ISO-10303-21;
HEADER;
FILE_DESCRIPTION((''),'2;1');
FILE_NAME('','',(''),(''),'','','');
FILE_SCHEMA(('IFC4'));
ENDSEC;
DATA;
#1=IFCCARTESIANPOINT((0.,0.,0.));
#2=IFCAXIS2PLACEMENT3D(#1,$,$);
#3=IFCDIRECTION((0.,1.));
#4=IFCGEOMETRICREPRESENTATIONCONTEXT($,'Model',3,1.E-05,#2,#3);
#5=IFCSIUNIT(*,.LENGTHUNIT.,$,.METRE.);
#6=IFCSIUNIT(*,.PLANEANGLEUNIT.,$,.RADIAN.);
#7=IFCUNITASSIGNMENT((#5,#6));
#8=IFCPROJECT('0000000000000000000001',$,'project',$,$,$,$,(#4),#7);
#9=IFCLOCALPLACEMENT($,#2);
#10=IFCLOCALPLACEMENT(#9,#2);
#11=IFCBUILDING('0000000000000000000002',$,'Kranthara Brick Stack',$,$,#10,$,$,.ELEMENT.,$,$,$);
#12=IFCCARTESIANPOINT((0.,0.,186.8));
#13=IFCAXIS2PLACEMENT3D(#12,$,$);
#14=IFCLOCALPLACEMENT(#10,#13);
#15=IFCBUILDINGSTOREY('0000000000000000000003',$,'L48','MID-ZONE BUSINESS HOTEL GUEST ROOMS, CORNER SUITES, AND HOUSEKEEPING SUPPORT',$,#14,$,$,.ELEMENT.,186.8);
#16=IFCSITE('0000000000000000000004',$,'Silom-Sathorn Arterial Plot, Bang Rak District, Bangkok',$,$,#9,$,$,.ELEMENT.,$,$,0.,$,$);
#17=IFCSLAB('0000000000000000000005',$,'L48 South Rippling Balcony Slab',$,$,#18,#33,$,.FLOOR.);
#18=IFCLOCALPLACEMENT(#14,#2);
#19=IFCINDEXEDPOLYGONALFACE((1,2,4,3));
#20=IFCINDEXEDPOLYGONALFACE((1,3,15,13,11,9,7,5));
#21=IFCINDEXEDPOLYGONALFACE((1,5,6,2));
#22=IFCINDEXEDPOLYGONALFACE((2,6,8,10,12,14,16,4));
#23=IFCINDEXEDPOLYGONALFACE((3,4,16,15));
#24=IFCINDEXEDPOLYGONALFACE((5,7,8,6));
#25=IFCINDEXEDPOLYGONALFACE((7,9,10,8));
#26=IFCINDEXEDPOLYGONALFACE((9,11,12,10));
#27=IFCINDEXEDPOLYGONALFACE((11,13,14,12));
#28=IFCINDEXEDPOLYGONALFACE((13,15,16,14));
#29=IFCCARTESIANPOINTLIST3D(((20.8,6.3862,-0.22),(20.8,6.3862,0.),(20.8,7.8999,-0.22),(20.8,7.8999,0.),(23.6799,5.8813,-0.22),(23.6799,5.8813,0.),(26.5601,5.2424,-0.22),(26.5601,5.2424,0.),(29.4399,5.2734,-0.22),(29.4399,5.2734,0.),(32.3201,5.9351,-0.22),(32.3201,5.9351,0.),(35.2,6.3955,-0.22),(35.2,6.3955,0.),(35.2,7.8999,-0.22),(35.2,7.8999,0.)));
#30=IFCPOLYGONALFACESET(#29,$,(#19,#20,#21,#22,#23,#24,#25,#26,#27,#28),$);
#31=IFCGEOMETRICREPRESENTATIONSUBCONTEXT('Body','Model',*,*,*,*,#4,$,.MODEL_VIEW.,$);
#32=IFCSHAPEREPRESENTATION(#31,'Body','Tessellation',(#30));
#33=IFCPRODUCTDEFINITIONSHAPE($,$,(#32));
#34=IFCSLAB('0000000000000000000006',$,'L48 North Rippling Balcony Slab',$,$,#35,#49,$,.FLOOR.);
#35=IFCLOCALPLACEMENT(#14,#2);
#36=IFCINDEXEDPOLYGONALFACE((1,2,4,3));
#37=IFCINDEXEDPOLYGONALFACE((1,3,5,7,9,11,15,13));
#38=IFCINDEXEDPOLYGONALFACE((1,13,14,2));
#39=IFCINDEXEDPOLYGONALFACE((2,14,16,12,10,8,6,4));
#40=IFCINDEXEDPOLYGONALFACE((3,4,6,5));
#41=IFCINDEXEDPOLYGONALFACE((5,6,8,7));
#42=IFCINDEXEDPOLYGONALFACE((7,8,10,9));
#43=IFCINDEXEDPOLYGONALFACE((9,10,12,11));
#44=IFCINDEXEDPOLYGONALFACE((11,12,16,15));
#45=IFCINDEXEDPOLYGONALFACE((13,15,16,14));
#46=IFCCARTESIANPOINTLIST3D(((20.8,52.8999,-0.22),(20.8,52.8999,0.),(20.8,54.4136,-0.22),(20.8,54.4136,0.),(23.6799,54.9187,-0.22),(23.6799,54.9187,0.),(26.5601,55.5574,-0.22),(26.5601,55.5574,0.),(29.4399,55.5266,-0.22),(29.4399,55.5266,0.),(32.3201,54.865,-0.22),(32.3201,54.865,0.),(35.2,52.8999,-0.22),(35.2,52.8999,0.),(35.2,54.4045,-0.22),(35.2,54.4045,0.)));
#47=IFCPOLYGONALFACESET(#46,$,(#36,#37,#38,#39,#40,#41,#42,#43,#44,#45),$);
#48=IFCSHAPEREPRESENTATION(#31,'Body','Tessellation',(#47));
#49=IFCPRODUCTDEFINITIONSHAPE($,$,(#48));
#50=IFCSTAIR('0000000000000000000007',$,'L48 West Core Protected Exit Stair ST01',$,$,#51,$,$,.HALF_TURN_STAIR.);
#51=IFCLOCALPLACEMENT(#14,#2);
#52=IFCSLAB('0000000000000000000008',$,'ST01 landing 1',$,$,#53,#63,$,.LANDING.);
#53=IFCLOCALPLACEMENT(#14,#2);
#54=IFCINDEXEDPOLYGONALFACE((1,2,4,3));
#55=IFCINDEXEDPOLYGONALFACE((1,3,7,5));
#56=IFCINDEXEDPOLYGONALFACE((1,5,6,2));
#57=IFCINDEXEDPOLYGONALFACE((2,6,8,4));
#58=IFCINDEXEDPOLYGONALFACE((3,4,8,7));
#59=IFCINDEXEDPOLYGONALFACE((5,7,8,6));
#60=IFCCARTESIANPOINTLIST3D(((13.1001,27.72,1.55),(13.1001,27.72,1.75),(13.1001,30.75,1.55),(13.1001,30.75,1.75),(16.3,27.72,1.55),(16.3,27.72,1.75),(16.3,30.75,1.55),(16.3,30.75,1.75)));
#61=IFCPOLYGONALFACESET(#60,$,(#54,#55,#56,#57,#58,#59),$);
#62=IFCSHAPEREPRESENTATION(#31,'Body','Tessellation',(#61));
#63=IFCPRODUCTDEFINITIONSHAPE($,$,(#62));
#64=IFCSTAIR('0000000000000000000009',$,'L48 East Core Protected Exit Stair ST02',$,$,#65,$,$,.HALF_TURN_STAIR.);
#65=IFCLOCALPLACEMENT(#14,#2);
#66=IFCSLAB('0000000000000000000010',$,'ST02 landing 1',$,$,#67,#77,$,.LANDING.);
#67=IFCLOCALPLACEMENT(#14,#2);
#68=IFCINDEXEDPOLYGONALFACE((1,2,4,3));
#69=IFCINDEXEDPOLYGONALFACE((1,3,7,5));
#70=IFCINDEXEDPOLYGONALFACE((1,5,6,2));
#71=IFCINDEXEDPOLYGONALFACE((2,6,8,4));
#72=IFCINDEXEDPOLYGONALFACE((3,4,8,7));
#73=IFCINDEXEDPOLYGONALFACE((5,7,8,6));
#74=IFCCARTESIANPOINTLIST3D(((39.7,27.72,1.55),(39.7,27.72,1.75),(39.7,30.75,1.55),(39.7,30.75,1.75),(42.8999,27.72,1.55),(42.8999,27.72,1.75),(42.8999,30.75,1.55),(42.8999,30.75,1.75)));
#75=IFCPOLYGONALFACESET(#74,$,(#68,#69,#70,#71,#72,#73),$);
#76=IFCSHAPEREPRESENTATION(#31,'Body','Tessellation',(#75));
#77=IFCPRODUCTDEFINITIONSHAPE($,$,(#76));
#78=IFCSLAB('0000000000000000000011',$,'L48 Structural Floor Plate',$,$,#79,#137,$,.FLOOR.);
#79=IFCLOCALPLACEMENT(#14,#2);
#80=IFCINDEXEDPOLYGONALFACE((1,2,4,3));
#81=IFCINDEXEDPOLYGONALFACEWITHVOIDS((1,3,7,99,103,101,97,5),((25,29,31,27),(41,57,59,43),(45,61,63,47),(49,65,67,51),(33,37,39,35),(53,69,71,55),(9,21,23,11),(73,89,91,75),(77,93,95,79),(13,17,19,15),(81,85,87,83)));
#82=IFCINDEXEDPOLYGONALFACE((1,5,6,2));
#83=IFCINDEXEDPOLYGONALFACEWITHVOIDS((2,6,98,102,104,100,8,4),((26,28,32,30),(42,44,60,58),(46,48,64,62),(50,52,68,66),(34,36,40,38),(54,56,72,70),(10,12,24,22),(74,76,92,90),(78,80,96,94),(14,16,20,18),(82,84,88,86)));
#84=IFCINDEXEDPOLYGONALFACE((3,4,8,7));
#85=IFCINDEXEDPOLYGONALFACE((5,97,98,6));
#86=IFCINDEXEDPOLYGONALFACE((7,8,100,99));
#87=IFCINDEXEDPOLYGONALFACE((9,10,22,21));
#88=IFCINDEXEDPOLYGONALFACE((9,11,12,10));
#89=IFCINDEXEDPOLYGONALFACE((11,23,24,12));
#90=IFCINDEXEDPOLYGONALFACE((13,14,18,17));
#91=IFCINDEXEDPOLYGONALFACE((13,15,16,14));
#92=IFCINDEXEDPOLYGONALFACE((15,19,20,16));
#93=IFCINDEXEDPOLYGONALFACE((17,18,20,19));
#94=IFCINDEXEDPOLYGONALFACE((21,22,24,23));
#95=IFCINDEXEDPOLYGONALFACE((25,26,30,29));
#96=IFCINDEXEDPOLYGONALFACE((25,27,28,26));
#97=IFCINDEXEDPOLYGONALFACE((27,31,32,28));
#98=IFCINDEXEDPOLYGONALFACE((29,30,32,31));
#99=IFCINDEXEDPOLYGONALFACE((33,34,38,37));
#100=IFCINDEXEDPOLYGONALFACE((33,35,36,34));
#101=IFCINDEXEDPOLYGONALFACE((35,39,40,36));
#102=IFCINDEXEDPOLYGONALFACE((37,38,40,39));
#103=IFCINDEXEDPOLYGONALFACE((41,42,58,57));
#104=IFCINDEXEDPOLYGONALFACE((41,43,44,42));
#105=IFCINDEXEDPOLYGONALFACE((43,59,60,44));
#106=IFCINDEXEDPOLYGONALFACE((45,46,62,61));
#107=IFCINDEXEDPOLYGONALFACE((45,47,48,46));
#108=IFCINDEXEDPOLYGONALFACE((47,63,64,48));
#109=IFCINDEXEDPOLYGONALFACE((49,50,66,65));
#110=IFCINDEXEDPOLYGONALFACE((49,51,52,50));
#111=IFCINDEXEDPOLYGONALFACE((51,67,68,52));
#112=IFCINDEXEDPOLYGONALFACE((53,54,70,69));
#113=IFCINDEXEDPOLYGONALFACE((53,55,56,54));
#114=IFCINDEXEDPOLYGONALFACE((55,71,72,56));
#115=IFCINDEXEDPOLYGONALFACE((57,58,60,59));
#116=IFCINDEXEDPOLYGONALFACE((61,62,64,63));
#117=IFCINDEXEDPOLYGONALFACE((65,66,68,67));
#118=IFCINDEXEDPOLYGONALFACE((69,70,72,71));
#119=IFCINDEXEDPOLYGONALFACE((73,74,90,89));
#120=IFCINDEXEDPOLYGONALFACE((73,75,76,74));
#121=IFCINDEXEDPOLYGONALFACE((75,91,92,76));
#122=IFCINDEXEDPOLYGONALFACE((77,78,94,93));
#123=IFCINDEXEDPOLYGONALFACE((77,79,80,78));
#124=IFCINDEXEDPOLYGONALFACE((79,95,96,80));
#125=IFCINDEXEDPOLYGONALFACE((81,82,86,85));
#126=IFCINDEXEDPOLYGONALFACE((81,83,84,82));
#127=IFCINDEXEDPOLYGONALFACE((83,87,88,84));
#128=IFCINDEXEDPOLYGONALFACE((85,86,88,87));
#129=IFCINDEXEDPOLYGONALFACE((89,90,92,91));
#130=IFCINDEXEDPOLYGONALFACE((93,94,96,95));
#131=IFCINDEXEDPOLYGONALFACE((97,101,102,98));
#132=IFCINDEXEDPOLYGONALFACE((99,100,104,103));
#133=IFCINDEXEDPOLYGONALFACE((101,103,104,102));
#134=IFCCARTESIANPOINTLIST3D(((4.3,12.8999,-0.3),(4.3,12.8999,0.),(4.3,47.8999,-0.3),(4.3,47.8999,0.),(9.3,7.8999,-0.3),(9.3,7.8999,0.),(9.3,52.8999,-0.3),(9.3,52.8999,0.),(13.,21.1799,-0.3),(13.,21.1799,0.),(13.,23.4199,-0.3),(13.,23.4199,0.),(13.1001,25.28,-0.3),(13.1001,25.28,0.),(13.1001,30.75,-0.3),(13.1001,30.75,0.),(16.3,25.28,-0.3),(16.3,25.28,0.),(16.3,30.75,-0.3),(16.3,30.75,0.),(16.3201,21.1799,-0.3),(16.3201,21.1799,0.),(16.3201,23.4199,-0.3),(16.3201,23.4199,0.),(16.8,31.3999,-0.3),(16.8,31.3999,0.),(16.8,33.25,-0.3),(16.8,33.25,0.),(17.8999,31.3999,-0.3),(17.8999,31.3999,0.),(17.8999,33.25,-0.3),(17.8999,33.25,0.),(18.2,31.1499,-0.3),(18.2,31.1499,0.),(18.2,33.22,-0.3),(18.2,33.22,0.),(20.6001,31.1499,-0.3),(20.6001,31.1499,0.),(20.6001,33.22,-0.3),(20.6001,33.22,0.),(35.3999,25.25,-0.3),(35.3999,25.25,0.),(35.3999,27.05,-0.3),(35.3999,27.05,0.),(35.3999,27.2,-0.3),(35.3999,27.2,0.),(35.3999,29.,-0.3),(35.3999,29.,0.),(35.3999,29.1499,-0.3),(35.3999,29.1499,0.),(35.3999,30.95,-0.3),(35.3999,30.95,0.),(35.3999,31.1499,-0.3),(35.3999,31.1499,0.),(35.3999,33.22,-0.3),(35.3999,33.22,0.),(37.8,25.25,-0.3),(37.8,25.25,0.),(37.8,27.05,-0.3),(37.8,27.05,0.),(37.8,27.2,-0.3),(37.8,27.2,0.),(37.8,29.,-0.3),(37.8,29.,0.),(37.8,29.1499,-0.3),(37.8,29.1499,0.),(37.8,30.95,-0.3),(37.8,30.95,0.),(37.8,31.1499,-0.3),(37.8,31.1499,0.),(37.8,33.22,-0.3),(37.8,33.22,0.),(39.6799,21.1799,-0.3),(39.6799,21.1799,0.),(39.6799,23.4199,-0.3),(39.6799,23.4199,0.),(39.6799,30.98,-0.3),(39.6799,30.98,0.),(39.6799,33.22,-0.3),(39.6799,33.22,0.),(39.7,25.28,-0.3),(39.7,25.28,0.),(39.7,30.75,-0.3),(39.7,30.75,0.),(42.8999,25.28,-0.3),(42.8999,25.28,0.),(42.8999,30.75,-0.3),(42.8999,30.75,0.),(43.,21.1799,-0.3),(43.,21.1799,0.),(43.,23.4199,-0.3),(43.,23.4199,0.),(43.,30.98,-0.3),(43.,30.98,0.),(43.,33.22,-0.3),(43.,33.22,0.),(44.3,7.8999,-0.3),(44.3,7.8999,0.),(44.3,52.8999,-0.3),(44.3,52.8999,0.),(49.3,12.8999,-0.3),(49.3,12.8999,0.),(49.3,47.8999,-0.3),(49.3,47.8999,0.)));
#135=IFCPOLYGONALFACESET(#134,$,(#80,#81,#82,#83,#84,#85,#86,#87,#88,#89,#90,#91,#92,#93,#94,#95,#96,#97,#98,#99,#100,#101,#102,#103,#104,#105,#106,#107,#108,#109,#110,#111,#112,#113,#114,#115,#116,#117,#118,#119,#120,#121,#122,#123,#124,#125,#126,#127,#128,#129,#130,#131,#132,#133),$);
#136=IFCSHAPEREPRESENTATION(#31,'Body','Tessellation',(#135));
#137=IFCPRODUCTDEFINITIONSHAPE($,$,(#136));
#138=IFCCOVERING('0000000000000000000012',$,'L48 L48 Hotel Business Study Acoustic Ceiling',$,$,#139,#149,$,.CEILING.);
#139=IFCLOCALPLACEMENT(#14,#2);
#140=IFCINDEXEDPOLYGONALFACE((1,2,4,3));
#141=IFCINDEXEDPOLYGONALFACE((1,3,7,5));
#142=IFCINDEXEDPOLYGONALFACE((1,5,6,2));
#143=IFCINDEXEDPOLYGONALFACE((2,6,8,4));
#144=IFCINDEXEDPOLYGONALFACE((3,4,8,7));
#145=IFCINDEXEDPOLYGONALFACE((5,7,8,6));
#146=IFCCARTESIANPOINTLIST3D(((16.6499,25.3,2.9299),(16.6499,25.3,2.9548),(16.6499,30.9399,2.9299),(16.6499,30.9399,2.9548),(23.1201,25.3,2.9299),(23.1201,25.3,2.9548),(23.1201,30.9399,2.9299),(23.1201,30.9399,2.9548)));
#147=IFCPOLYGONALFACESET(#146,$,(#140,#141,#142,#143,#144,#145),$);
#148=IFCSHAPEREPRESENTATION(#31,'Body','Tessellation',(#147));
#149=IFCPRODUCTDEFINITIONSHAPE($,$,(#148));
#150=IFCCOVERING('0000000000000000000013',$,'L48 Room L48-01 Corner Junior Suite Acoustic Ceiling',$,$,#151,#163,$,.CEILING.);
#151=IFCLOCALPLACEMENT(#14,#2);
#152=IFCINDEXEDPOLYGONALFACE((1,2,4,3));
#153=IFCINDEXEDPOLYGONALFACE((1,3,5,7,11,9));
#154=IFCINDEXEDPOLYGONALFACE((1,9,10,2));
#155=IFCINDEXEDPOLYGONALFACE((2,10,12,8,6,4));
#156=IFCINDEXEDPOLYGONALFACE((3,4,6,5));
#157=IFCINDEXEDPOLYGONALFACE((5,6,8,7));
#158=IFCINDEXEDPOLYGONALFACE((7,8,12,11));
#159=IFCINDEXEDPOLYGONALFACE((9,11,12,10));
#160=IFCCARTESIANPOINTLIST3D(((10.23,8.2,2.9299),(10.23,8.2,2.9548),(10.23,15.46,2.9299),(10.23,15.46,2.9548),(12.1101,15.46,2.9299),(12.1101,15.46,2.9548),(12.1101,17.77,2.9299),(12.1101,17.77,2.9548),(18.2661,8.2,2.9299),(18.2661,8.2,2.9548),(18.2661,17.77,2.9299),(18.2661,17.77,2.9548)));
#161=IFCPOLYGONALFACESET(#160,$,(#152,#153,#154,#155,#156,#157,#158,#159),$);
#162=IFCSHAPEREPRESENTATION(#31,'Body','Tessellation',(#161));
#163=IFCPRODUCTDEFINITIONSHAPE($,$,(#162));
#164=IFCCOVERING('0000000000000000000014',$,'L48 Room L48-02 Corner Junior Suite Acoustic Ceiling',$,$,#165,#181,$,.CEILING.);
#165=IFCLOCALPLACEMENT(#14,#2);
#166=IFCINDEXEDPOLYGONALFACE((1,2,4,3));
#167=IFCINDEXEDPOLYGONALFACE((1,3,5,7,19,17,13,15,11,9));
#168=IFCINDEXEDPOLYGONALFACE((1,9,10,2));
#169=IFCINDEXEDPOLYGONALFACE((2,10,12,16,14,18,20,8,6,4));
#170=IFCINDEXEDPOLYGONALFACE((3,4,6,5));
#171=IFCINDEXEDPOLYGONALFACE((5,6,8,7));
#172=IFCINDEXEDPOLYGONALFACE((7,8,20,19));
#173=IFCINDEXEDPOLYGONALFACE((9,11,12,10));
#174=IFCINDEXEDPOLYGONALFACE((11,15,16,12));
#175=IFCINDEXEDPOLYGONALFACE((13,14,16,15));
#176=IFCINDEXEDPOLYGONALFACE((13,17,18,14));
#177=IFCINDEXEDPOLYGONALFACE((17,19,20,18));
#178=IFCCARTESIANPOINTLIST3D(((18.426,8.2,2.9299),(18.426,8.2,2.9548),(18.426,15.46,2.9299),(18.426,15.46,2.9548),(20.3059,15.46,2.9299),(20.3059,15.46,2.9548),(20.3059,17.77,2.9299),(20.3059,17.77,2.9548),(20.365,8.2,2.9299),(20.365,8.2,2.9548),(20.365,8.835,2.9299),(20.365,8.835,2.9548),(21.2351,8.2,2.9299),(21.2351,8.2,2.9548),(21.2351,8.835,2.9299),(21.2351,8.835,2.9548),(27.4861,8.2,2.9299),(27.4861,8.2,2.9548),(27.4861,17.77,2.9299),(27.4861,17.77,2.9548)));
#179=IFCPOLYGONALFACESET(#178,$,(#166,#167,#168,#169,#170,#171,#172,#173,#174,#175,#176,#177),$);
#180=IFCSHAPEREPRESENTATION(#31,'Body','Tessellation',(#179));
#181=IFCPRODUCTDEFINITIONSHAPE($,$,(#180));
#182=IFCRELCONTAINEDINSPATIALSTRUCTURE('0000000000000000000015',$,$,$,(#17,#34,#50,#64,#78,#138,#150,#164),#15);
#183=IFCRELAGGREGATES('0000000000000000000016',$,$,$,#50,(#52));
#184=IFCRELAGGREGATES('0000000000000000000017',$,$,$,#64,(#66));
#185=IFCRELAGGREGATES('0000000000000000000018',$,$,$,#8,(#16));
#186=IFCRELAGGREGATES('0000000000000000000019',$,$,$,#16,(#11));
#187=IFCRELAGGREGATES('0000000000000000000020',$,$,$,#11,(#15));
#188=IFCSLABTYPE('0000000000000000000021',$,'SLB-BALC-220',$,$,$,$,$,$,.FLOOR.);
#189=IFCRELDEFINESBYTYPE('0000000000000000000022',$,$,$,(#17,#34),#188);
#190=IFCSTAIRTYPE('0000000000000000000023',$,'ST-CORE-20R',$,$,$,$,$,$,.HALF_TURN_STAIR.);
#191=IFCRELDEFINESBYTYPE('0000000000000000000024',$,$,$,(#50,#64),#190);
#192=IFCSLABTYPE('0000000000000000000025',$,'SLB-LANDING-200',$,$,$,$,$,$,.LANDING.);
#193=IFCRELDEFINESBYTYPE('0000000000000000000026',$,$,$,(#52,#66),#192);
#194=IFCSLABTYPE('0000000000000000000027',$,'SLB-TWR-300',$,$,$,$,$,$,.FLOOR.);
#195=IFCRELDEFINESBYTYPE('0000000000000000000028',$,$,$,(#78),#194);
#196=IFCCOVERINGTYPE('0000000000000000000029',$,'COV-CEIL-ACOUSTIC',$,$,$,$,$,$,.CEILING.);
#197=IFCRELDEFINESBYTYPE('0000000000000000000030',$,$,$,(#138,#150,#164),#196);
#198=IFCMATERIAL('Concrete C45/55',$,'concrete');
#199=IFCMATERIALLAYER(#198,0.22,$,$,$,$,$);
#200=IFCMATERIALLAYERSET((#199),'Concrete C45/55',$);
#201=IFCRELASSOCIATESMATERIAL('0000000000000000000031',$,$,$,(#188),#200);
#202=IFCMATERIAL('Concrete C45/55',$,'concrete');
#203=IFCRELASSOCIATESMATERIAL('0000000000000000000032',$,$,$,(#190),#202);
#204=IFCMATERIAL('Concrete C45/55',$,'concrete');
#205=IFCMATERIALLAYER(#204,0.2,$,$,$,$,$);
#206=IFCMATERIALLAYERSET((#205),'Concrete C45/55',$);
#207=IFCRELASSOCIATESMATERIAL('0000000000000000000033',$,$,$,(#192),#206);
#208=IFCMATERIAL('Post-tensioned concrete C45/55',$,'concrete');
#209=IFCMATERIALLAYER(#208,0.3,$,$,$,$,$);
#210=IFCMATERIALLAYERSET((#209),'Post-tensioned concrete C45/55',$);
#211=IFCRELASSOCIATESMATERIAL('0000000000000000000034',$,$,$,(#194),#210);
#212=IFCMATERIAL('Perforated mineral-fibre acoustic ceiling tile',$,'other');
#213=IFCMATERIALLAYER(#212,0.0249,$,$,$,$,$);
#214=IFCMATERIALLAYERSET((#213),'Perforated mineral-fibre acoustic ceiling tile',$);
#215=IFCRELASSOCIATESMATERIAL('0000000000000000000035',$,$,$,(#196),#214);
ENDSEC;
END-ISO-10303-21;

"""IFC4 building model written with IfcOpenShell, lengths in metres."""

from ifc_helpers import new_model, si_unit, direction, frame, origin, place, context, subcontext, project, spatial, polyline, outline, extrude, material, layer, layer_set, type_object, element, aggregate, save


model = new_model("IFC4")

# Units and contexts
model_context = context("Model", 3, precision=1e-05, world=origin(), true_north=direction((0.0, 1.0)))
body_context = subcontext(model_context, "Body", "Model", "MODEL_VIEW")
ifc_project = project(units=[si_unit("LENGTHUNIT", "METRE"), si_unit("PLANEANGLEUNIT", "RADIAN")], contexts=[model_context])

# Site, building, storey
site_placement = place(None, origin())
site = spatial("IfcSite", under=ifc_project, at=site_placement, Name="Silom-Sathorn Arterial Plot, Bang Rak District, Bangkok", CompositionType="ELEMENT", RefElevation=0.0)
building_placement = place(site_placement, origin())
building = spatial("IfcBuilding", under=site, at=building_placement, Name="Kranthara Brick Stack", CompositionType="ELEMENT")
storey_placement = place(building_placement, frame((0.0, 0.0, 186.8)))
storey = spatial("IfcBuildingStorey", under=building, at=storey_placement, Name="L48", Description="MID-ZONE BUSINESS HOTEL GUEST ROOMS, CORNER SUITES, AND HOUSEKEEPING SUPPORT", CompositionType="ELEMENT", Elevation=186.8)

# Slabs
ifc_material_1 = material(Name="Concrete C45/55", Category="concrete")
ifc_layer_1 = layer(ifc_material_1, 0.22)
ifc_layer_set_1 = layer_set([ifc_layer_1], Name="Concrete C45/55")
slab_type_1 = type_object("IfcSlabType", Name="SLB-BALC-220", PredefinedType="FLOOR", material=ifc_layer_set_1)
slab_1_placement = place(storey_placement, frame((0.0, 0.0, -0.22)))
element("IfcSlab", 1, at=slab_1_placement, inside=storey, type_object=slab_type_1, Name="L48 South Rippling Balcony Slab", PredefinedType="FLOOR", context=body_context, shape_type="SweptSolid", body=[
    extrude(outline(polyline([(20.8, 7.8999), (35.2, 7.8999), (35.2, 6.3955), (32.3201, 5.9351), (29.4399, 5.2734), (26.5601, 5.2424), (23.6799, 5.8813), (20.8, 6.3862), (20.8, 7.8999)])), origin(), (0.0, 0.0, 1.0), 0.22),
])
slab_2_placement = place(storey_placement, frame((0.0, 0.0, -0.22)))
element("IfcSlab", 2, at=slab_2_placement, inside=storey, type_object=slab_type_1, Name="L48 North Rippling Balcony Slab", PredefinedType="FLOOR", context=body_context, shape_type="SweptSolid", body=[
    extrude(outline(polyline([(35.2, 52.8999), (20.8, 52.8999), (20.8, 54.4136), (23.6799, 54.9187), (26.5601, 55.5574), (29.4399, 55.5266), (32.3201, 54.865), (35.2, 54.4045), (35.2, 52.8999)])), origin(), (0.0, 0.0, 1.0), 0.22),
])

# Stairs, slabs
ifc_material_2 = material(Name="Concrete C45/55", Category="concrete")
stair_type = type_object("IfcStairType", Name="ST-CORE-20R", PredefinedType="HALF_TURN_STAIR", material=ifc_material_2)
stair_1_placement = place(storey_placement, origin())
stair_1 = element("IfcStair", 3, at=stair_1_placement, inside=storey, type_object=stair_type, Name="L48 West Core Protected Exit Stair ST01", PredefinedType="HALF_TURN_STAIR")
ifc_material_3 = material(Name="Concrete C45/55", Category="concrete")
ifc_layer_2 = layer(ifc_material_3, 0.2)
ifc_layer_set_2 = layer_set([ifc_layer_2], Name="Concrete C45/55")
slab_type_2 = type_object("IfcSlabType", Name="SLB-LANDING-200", PredefinedType="LANDING", material=ifc_layer_set_2)
slab_3_placement = place(storey_placement, frame((0.0, 0.0, 1.55)))
slab_3 = element("IfcSlab", 4, at=slab_3_placement, type_object=slab_type_2, Name="ST01 landing 1", PredefinedType="LANDING", context=body_context, shape_type="SweptSolid", body=[
    extrude(outline(polyline([(16.3, 27.72), (16.3, 30.75), (13.1001, 30.75), (13.1001, 27.72), (16.3, 27.72)])), origin(), (0.0, 0.0, 1.0), 0.2),
])
aggregate(stair_1, [slab_3])
stair_2_placement = place(storey_placement, origin())
stair_2 = element("IfcStair", 5, at=stair_2_placement, inside=storey, type_object=stair_type, Name="L48 East Core Protected Exit Stair ST02", PredefinedType="HALF_TURN_STAIR")
slab_4_placement = place(storey_placement, frame((0.0, 0.0, 1.55)))
slab_4 = element("IfcSlab", 6, at=slab_4_placement, type_object=slab_type_2, Name="ST02 landing 1", PredefinedType="LANDING", context=body_context, shape_type="SweptSolid", body=[
    extrude(outline(polyline([(42.8999, 27.72), (42.8999, 30.75), (39.7, 30.75), (39.7, 27.72), (42.8999, 27.72)])), origin(), (0.0, 0.0, 1.0), 0.2),
])
aggregate(stair_2, [slab_4])

# Slab
ifc_material_4 = material(Name="Post-tensioned concrete C45/55", Category="concrete")
ifc_layer_3 = layer(ifc_material_4, 0.3)
ifc_layer_set_3 = layer_set([ifc_layer_3], Name="Post-tensioned concrete C45/55")
slab_type_3 = type_object("IfcSlabType", Name="SLB-TWR-300", PredefinedType="FLOOR", material=ifc_layer_set_3)
slab_5_placement = place(storey_placement, frame((0.0, 0.0, -0.3)))
element("IfcSlab", 7, at=slab_5_placement, inside=storey, type_object=slab_type_3, Name="L48 Structural Floor Plate", PredefinedType="FLOOR", context=body_context, shape_type="SweptSolid", body=[
    extrude(outline(polyline([(9.3, 7.8999), (44.3, 7.8999), (49.3, 12.8999), (49.3, 47.8999), (44.3, 52.8999), (9.3, 52.8999), (4.3, 47.8999), (4.3, 12.8999), (9.3, 7.8999)]), holes=[polyline([(13.1001, 25.28), (16.3, 25.28), (16.3, 30.75), (13.1001, 30.75), (13.1001, 25.28)]), polyline([(39.7, 25.28), (42.8999, 25.28), (42.8999, 30.75), (39.7, 30.75), (39.7, 25.28)]), polyline([(13.0, 21.1799), (16.3201, 21.1799), (16.3201, 23.4199), (13.0, 23.4199), (13.0, 21.1799)]), polyline([(39.6799, 21.1799), (43.0, 21.1799), (43.0, 23.4199), (39.6799, 23.4199), (39.6799, 21.1799)]), polyline([(39.6799, 30.98), (43.0, 30.98), (43.0, 33.22), (39.6799, 33.22), (39.6799, 30.98)]), polyline([(35.3999, 25.25), (37.8, 25.25), (37.8, 27.05), (35.3999, 27.05), (35.3999, 25.25)]), polyline([(35.3999, 27.2), (37.8, 27.2), (37.8, 29.0), (35.3999, 29.0), (35.3999, 27.2)]), polyline([(35.3999, 29.1499), (37.8, 29.1499), (37.8, 30.95), (35.3999, 30.95), (35.3999, 29.1499)]), polyline([(18.2, 31.1499), (20.6001, 31.1499), (20.6001, 33.22), (18.2, 33.22), (18.2, 31.1499)]), polyline([(35.3999, 31.1499), (37.8, 31.1499), (37.8, 33.22), (35.3999, 33.22), (35.3999, 31.1499)]), polyline([(16.8, 31.3999), (17.8999, 31.3999), (17.8999, 33.25), (16.8, 33.25), (16.8, 31.3999)])]), origin(), (0.0, 0.0, 1.0), 0.3),
])

# Coverings
ifc_material_5 = material(Name="Perforated mineral-fibre acoustic ceiling tile", Category="other")
ifc_layer_4 = layer(ifc_material_5, 0.0249)
ifc_layer_set_4 = layer_set([ifc_layer_4], Name="Perforated mineral-fibre acoustic ceiling tile")
covering_type_1 = type_object("IfcCoveringType", Name="COV-CEIL-ACOUSTIC", PredefinedType="CEILING", material=ifc_layer_set_4)
covering_1_placement = place(storey_placement, frame((0.0, 0.0, 2.9299)))
element("IfcCovering", 8, at=covering_1_placement, inside=storey, type_object=covering_type_1, Name="L48 L48 Hotel Business Study Acoustic Ceiling", PredefinedType="CEILING", context=body_context, shape_type="SweptSolid", body=[
    extrude(outline(polyline([(23.1201, 25.3), (23.1201, 30.9399), (16.6499, 30.9399), (16.6499, 25.3), (23.1201, 25.3)])), origin(), (0.0, 0.0, 1.0), 0.0249),
])
covering_2_placement = place(storey_placement, frame((0.0, 0.0, 2.9299)))
element("IfcCovering", 9, at=covering_2_placement, inside=storey, type_object=covering_type_1, Name="L48 Room L48-01 Corner Junior Suite Acoustic Ceiling", PredefinedType="CEILING", context=body_context, shape_type="SweptSolid", body=[
    extrude(outline(polyline([(10.23, 8.2), (18.2661, 8.2), (18.2661, 17.77), (12.1101, 17.77), (12.1101, 15.46), (10.23, 15.46), (10.23, 8.2)])), origin(), (0.0, 0.0, 1.0), 0.0249),
])
covering_3_placement = place(storey_placement, frame((0.0, 0.0, 2.9299)))
element("IfcCovering", 10, at=covering_3_placement, inside=storey, type_object=covering_type_1, Name="L48 Room L48-02 Corner Junior Suite Acoustic Ceiling", PredefinedType="CEILING", context=body_context, shape_type="SweptSolid", body=[
    extrude(outline(polyline([(18.426, 8.2), (18.426, 15.46), (20.3059, 15.46), (20.3059, 17.77), (27.4861, 17.77), (27.4861, 8.2), (21.2351, 8.2), (21.2351, 8.835), (20.365, 8.835), (20.365, 8.2), (18.426, 8.2)])), origin(), (0.0, 0.0, 1.0), 0.0249),
])

save(model, "model.ifc")
